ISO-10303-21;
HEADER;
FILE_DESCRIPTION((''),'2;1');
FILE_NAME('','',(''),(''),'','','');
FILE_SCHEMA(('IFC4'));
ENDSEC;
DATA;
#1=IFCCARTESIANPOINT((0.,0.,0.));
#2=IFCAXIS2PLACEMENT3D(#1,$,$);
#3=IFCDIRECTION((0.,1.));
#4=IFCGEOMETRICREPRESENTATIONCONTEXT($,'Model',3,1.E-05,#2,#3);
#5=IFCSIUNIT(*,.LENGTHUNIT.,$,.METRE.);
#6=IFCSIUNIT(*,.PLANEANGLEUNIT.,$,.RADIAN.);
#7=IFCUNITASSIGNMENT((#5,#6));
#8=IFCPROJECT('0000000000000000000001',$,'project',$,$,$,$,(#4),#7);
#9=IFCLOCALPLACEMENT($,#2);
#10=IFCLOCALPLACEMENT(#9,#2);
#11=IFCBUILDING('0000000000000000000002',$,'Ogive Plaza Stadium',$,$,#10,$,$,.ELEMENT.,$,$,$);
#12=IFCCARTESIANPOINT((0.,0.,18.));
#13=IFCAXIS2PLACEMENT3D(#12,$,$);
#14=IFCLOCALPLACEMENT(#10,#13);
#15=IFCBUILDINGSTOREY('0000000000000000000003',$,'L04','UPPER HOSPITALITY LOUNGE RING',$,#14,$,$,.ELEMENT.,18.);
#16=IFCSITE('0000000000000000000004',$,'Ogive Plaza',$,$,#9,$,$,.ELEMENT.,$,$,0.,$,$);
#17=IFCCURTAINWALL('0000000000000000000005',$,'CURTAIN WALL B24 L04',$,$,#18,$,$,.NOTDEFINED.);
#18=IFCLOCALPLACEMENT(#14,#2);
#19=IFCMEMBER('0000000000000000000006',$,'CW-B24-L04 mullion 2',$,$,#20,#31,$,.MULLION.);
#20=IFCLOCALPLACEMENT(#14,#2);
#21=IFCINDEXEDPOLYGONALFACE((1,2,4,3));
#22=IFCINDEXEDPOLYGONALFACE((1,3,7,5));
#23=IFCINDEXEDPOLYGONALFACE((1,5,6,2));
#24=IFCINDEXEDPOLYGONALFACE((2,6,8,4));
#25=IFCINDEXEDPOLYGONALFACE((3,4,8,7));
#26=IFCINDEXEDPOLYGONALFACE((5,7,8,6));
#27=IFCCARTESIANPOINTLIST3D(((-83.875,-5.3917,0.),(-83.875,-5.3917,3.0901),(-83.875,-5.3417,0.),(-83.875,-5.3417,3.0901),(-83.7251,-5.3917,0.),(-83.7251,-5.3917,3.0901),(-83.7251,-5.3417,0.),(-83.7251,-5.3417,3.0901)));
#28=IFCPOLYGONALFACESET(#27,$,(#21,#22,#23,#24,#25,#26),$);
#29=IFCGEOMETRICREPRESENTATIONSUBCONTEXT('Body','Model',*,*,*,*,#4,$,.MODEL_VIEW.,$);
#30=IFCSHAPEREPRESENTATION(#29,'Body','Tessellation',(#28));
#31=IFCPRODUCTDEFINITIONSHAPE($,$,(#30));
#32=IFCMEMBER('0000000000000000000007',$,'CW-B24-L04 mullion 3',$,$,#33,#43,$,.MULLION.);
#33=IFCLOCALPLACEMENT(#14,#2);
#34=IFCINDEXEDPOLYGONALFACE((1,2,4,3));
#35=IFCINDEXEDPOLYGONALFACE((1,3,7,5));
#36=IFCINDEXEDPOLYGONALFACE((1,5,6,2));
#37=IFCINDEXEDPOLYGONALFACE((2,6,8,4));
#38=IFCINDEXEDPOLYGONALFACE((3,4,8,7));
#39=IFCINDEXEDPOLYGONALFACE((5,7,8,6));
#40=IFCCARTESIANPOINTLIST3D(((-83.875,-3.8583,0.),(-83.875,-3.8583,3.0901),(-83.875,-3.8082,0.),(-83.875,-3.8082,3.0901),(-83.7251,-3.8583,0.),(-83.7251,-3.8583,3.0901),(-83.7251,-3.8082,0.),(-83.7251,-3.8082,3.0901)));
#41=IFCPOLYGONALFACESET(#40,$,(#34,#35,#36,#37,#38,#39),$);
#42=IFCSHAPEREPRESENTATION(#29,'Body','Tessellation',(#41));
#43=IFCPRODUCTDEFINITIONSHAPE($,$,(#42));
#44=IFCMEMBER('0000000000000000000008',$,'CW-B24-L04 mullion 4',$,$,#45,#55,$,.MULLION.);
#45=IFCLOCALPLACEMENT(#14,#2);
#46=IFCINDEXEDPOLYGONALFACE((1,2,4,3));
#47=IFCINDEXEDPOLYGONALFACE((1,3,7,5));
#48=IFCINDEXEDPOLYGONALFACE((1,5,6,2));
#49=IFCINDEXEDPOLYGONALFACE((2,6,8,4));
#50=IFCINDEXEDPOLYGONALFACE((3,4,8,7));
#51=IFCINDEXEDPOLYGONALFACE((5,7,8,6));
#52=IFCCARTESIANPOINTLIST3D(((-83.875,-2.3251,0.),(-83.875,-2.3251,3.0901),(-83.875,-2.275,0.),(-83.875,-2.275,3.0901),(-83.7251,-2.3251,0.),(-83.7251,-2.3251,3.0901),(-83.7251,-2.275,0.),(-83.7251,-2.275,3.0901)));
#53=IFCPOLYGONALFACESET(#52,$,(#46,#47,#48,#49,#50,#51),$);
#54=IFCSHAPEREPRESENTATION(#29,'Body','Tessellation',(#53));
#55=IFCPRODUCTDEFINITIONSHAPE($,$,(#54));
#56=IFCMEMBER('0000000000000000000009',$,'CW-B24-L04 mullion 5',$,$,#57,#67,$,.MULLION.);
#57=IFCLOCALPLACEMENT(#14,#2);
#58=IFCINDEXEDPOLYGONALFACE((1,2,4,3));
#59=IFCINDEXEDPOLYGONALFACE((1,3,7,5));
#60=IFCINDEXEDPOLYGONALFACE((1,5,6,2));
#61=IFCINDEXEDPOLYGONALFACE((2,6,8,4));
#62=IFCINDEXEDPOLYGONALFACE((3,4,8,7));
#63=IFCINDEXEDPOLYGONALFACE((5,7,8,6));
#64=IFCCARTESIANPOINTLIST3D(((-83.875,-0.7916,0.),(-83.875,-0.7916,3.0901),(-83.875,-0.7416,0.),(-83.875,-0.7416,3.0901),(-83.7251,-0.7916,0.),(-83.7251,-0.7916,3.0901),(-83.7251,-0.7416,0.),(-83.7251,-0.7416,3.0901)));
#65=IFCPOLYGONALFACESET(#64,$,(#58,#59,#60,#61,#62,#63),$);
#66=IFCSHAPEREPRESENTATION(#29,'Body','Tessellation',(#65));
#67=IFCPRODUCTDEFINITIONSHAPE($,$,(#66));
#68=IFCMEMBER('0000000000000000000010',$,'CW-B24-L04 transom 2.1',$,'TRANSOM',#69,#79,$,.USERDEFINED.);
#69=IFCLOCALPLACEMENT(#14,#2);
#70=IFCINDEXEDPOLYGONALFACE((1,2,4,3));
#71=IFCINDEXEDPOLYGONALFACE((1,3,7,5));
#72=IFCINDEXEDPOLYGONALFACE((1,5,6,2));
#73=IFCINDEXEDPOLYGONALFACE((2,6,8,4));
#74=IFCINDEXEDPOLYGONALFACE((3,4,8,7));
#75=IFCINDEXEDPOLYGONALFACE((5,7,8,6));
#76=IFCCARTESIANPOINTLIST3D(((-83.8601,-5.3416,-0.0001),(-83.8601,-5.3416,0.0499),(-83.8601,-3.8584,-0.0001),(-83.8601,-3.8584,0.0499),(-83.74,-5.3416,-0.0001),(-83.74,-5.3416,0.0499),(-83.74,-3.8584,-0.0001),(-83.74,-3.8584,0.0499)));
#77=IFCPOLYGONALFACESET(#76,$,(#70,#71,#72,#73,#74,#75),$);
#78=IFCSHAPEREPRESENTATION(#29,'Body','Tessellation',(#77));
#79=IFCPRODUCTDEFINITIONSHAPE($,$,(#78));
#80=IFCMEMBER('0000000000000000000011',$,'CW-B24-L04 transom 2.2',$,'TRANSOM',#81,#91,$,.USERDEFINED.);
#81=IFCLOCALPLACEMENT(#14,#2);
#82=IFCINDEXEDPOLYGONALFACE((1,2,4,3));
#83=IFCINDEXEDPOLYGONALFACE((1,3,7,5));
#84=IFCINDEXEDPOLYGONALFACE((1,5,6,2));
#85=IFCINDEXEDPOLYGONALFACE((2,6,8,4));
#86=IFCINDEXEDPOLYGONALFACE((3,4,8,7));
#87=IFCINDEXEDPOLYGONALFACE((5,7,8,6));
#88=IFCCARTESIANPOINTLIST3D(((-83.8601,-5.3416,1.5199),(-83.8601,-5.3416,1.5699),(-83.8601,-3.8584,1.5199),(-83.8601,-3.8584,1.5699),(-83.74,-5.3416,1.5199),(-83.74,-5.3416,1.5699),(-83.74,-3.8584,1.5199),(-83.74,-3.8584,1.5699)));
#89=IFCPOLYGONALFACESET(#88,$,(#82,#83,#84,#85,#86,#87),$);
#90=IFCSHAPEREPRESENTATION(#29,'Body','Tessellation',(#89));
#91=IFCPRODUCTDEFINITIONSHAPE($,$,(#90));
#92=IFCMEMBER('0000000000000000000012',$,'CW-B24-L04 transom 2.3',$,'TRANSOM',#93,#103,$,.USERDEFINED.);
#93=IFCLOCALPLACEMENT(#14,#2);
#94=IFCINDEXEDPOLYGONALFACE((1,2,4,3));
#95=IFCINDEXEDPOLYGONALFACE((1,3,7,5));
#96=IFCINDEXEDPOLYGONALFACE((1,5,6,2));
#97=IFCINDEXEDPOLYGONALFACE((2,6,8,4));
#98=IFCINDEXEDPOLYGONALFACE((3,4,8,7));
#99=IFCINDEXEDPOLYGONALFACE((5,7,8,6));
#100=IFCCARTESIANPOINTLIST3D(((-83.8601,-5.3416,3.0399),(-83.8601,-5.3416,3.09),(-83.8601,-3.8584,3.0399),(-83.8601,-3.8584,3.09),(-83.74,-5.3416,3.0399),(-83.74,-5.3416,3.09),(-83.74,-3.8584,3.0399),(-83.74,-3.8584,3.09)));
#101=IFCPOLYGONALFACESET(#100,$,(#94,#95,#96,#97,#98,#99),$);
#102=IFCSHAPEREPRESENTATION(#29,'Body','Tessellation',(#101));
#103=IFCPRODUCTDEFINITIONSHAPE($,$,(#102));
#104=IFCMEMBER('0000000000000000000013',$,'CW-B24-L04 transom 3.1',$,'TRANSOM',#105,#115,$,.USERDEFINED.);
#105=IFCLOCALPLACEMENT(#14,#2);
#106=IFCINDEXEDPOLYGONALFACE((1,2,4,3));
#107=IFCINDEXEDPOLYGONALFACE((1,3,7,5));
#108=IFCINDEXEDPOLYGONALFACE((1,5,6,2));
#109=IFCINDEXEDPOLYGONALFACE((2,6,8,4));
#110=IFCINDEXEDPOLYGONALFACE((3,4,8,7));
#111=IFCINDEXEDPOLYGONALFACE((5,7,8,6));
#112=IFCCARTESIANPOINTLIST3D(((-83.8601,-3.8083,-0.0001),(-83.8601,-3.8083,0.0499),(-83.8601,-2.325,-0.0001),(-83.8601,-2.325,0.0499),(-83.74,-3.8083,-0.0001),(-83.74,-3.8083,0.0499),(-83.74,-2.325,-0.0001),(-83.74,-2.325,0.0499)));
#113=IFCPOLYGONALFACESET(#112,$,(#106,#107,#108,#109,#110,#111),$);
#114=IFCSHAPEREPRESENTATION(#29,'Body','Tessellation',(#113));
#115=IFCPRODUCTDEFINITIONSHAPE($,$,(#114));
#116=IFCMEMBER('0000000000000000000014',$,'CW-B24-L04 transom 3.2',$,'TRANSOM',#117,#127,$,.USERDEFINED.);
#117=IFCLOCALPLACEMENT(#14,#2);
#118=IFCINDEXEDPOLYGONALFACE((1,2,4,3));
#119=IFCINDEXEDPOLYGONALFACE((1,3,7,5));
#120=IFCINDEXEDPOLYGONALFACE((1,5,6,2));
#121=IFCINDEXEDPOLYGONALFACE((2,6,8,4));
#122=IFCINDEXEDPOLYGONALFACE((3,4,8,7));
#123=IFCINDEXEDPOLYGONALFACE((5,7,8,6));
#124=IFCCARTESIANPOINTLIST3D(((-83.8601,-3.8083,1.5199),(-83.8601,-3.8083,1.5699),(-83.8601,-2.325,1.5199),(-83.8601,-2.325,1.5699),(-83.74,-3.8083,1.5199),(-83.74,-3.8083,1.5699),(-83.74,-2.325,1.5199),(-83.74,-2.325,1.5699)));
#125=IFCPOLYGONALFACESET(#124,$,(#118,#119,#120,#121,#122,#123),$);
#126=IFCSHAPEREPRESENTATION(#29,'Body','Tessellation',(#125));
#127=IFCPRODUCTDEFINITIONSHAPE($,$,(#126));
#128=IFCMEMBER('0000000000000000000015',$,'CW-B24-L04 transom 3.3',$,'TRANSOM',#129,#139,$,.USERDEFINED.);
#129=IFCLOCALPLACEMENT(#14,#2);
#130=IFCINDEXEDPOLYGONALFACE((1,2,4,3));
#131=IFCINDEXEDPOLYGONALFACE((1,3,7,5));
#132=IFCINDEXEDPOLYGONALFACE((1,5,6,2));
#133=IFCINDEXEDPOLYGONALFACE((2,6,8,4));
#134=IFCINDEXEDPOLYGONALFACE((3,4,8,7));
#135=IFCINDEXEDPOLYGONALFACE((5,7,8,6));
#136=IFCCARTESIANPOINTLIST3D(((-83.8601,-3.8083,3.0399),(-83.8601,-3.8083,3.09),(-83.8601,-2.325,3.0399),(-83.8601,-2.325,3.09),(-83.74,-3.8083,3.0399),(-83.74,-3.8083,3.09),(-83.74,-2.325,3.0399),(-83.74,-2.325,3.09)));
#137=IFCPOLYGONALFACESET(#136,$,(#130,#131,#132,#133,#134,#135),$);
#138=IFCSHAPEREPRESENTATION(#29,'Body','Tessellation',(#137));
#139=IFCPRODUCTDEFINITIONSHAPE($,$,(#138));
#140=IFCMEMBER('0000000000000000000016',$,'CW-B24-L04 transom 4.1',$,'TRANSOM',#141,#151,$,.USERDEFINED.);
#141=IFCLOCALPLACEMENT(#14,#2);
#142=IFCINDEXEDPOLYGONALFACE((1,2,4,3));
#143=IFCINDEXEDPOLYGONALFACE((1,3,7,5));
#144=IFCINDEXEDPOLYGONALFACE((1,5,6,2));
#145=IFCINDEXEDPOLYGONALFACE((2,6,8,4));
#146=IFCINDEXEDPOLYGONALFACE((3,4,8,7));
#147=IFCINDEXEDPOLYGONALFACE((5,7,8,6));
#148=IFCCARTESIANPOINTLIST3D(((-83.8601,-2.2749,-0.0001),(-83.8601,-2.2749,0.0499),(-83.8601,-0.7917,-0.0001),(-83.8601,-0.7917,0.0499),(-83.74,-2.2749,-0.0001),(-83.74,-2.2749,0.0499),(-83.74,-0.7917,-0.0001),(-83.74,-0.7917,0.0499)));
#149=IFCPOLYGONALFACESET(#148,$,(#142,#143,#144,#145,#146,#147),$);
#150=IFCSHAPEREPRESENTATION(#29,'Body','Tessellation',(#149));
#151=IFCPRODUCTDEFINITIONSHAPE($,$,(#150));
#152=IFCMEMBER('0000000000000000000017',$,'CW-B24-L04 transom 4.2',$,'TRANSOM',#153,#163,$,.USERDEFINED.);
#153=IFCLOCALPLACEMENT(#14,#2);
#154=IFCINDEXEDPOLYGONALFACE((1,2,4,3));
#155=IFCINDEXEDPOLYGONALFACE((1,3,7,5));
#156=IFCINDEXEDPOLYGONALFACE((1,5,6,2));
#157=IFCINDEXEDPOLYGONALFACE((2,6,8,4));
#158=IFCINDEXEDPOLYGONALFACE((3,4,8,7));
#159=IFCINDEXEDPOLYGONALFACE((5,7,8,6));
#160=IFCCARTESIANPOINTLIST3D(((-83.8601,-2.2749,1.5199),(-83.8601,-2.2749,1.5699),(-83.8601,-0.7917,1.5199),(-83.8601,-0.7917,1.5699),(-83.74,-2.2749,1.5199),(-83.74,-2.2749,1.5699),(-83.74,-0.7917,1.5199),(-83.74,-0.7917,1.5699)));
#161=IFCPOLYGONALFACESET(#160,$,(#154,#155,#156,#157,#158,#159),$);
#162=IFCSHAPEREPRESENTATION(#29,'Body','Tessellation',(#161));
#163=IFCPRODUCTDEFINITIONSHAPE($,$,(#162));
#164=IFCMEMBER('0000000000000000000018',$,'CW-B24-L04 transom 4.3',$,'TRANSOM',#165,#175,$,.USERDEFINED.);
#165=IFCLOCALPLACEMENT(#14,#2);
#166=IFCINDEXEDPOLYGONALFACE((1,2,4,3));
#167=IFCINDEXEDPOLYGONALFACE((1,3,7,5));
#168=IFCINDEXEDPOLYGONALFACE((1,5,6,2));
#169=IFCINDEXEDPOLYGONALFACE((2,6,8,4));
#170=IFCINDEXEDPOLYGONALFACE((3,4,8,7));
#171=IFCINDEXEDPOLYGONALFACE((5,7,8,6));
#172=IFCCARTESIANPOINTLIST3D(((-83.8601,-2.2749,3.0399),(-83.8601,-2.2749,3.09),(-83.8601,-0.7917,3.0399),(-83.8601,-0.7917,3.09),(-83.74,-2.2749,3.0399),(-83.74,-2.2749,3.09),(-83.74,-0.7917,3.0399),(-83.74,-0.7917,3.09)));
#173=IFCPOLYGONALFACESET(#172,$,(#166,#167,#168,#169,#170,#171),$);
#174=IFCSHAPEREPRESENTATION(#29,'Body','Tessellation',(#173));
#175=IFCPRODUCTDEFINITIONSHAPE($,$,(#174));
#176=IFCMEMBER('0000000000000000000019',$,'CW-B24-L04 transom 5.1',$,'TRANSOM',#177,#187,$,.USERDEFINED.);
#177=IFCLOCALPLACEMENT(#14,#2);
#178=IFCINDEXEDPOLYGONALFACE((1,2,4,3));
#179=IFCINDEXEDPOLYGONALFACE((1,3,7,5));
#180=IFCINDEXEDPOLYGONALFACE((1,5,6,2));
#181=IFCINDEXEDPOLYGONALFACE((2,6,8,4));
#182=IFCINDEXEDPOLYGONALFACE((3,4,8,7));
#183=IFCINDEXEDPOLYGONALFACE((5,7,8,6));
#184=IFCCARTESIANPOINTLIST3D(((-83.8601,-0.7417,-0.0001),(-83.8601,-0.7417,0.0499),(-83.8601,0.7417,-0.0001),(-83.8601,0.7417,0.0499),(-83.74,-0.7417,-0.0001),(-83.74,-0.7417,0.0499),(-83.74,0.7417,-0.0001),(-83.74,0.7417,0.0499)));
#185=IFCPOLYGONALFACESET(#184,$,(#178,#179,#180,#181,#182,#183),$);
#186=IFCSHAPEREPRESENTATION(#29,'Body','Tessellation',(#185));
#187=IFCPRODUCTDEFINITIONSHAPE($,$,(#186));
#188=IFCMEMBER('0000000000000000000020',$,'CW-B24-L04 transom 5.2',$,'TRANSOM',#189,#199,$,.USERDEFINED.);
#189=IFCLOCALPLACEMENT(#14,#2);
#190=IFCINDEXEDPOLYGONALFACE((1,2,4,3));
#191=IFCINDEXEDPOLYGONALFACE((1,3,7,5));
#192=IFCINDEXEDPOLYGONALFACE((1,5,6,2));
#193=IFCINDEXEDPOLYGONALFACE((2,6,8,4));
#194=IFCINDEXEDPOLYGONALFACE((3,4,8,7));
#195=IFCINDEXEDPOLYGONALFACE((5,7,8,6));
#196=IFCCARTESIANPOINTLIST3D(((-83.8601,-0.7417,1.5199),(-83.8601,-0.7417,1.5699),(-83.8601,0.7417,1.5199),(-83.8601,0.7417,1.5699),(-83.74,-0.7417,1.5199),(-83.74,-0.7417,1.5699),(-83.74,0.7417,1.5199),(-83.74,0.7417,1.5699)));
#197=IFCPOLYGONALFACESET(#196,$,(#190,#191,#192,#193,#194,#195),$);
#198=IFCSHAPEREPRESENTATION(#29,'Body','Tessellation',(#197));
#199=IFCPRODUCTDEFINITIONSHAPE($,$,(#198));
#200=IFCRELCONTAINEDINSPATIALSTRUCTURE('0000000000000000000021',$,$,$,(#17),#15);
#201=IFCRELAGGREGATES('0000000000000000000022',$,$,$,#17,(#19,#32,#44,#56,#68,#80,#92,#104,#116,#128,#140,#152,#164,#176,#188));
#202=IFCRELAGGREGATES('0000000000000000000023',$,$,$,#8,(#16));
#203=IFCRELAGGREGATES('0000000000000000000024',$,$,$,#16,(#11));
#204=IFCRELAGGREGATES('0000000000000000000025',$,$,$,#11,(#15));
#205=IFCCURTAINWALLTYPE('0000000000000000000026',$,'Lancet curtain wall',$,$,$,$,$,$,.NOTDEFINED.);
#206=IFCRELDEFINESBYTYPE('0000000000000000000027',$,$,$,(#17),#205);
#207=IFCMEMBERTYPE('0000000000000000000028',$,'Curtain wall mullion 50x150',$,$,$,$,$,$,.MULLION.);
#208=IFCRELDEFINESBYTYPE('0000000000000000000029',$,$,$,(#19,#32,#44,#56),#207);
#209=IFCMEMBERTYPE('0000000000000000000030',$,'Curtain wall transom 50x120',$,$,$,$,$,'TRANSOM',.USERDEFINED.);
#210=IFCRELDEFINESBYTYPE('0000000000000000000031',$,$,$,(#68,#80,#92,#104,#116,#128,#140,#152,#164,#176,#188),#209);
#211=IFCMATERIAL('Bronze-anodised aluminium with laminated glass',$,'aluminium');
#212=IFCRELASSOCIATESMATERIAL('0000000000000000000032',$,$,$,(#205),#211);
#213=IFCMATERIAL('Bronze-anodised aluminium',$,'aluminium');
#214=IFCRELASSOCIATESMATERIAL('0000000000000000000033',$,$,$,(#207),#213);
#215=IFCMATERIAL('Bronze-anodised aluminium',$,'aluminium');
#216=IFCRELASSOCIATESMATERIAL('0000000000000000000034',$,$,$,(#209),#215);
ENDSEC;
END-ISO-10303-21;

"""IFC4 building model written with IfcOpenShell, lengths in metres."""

from ifc_helpers import new_model, si_unit, direction, frame, origin, origin_2d, place, context, subcontext, project, spatial, rectangle, extrude, material, material_profile, profile_set, type_object, element, aggregate, save


model = new_model("IFC4")

# Units and contexts
model_context = context("Model", 3, precision=1e-05, world=origin(), true_north=direction((0.0, 1.0)))
body_context = subcontext(model_context, "Body", "Model", "MODEL_VIEW")
ifc_project = project(units=[si_unit("LENGTHUNIT", "METRE"), si_unit("PLANEANGLEUNIT", "RADIAN")], contexts=[model_context])

# Site, building, storey
site_placement = place(None, origin())
site = spatial("IfcSite", under=ifc_project, at=site_placement, Name="Ogive Plaza", CompositionType="ELEMENT", RefElevation=0.0)
building_placement = place(site_placement, origin())
building = spatial("IfcBuilding", under=site, at=building_placement, Name="Ogive Plaza Stadium", CompositionType="ELEMENT")
storey_placement = place(building_placement, frame((0.0, 0.0, 18.0)))
storey = spatial("IfcBuildingStorey", under=building, at=storey_placement, Name="L04", Description="UPPER HOSPITALITY LOUNGE RING", CompositionType="ELEMENT", Elevation=18.0)

# Curtain wall, members
ifc_material_1 = material(Name="Bronze-anodised aluminium with laminated glass", Category="aluminium")
curtain_wall_type = type_object("IfcCurtainWallType", Name="Lancet curtain wall", PredefinedType="NOTDEFINED", material=ifc_material_1)
curtain_wall_placement = place(storey_placement, origin())
curtain_wall = element("IfcCurtainWall", 1, at=curtain_wall_placement, inside=storey, type_object=curtain_wall_type, Name="CURTAIN WALL B24 L04", PredefinedType="NOTDEFINED")
ifc_material_2 = material(Name="Bronze-anodised aluminium", Category="aluminium")
ifc_material_profile_1 = material_profile(ifc_material_2, rectangle(XDim=0.1499, YDim=0.05, at=origin_2d()), Name="AL 150x50")
ifc_profile_set_1 = profile_set([ifc_material_profile_1], Name="Bronze-anodised aluminium")
member_type_1 = type_object("IfcMemberType", Name="Curtain wall mullion 50x150", PredefinedType="MULLION", material=ifc_profile_set_1)
member_1_placement = place(storey_placement, frame((-83.8, -5.3667, 0.0), z_axis=(0.0, 0.0, 1.0), x_axis=(-1.0, 0.0, 0.0)))
member_1 = element("IfcMember", 2, at=member_1_placement, type_object=member_type_1, Name="CW-B24-L04 mullion 2", PredefinedType="MULLION", context=body_context, shape_type="SweptSolid", body=[
    extrude(rectangle(XDim=0.1499, YDim=0.05, at=origin_2d()), origin(), (0.0, 0.0, 1.0), 3.0901),
])
member_2_placement = place(storey_placement, frame((-83.8, -3.8333, 0.0), z_axis=(0.0, 0.0, 1.0), x_axis=(-1.0, 0.0, 0.0)))
member_2 = element("IfcMember", 3, at=member_2_placement, type_object=member_type_1, Name="CW-B24-L04 mullion 3", PredefinedType="MULLION", context=body_context, shape_type="SweptSolid", body=[
    extrude(rectangle(XDim=0.1499, YDim=0.05, at=origin_2d()), origin(), (0.0, 0.0, 1.0), 3.0901),
])
member_3_placement = place(storey_placement, frame((-83.8, -2.3, 0.0), z_axis=(0.0, 0.0, 1.0), x_axis=(-1.0, 0.0, 0.0)))
member_3 = element("IfcMember", 4, at=member_3_placement, type_object=member_type_1, Name="CW-B24-L04 mullion 4", PredefinedType="MULLION", context=body_context, shape_type="SweptSolid", body=[
    extrude(rectangle(XDim=0.1499, YDim=0.05, at=origin_2d()), origin(), (0.0, 0.0, 1.0), 3.0901),
])
member_4_placement = place(storey_placement, frame((-83.8, -0.7666, 0.0), z_axis=(0.0, 0.0, 1.0), x_axis=(-1.0, 0.0, 0.0)))
member_4 = element("IfcMember", 5, at=member_4_placement, type_object=member_type_1, Name="CW-B24-L04 mullion 5", PredefinedType="MULLION", context=body_context, shape_type="SweptSolid", body=[
    extrude(rectangle(XDim=0.1499, YDim=0.05, at=origin_2d()), origin(), (0.0, 0.0, 1.0), 3.0901),
])
ifc_material_3 = material(Name="Bronze-anodised aluminium", Category="aluminium")
ifc_material_profile_2 = material_profile(ifc_material_3, rectangle(XDim=0.1201, YDim=0.05, at=origin_2d()), Name="AL 120x50")
ifc_profile_set_2 = profile_set([ifc_material_profile_2], Name="Bronze-anodised aluminium")
member_type_2 = type_object("IfcMemberType", Name="Curtain wall transom 50x120", ElementType="TRANSOM", PredefinedType="USERDEFINED", material=ifc_profile_set_2)
member_5_placement = place(storey_placement, frame((-83.8, -5.3416, 0.0249), z_axis=(0.0, 1.0, 0.0), x_axis=(-1.0, 0.0, 0.0)))
member_5 = element("IfcMember", 6, at=member_5_placement, type_object=member_type_2, Name="CW-B24-L04 transom 2.1", ObjectType="TRANSOM", PredefinedType="USERDEFINED", context=body_context, shape_type="SweptSolid", body=[
    extrude(rectangle(XDim=0.1201, YDim=0.05, at=origin_2d()), origin(), (0.0, 0.0, 1.0), 1.4832),
])
member_6_placement = place(storey_placement, frame((-83.8, -5.3416, 1.5449), z_axis=(0.0, 1.0, 0.0), x_axis=(-1.0, 0.0, 0.0)))
member_6 = element("IfcMember", 7, at=member_6_placement, type_object=member_type_2, Name="CW-B24-L04 transom 2.2", ObjectType="TRANSOM", PredefinedType="USERDEFINED", context=body_context, shape_type="SweptSolid", body=[
    extrude(rectangle(XDim=0.1201, YDim=0.05, at=origin_2d()), origin(), (0.0, 0.0, 1.0), 1.4832),
])
member_7_placement = place(storey_placement, frame((-83.8, -5.3416, 3.0649), z_axis=(0.0, 1.0, 0.0), x_axis=(-1.0, 0.0, 0.0)))
member_7 = element("IfcMember", 8, at=member_7_placement, type_object=member_type_2, Name="CW-B24-L04 transom 2.3", ObjectType="TRANSOM", PredefinedType="USERDEFINED", context=body_context, shape_type="SweptSolid", body=[
    extrude(rectangle(XDim=0.1201, YDim=0.05, at=origin_2d()), origin(), (0.0, 0.0, 1.0), 1.4832),
])
member_8_placement = place(storey_placement, frame((-83.8, -3.8083, 0.0249), z_axis=(0.0, 1.0, 0.0), x_axis=(-1.0, 0.0, 0.0)))
member_8 = element("IfcMember", 9, at=member_8_placement, type_object=member_type_2, Name="CW-B24-L04 transom 3.1", ObjectType="TRANSOM", PredefinedType="USERDEFINED", context=body_context, shape_type="SweptSolid", body=[
    extrude(rectangle(XDim=0.1201, YDim=0.05, at=origin_2d()), origin(), (0.0, 0.0, 1.0), 1.4834),
])
member_9_placement = place(storey_placement, frame((-83.8, -3.8083, 1.5449), z_axis=(0.0, 1.0, 0.0), x_axis=(-1.0, 0.0, 0.0)))
member_9 = element("IfcMember", 10, at=member_9_placement, type_object=member_type_2, Name="CW-B24-L04 transom 3.2", ObjectType="TRANSOM", PredefinedType="USERDEFINED", context=body_context, shape_type="SweptSolid", body=[
    extrude(rectangle(XDim=0.1201, YDim=0.05, at=origin_2d()), origin(), (0.0, 0.0, 1.0), 1.4834),
])
member_10_placement = place(storey_placement, frame((-83.8, -3.8083, 3.0649), z_axis=(0.0, 1.0, 0.0), x_axis=(-1.0, 0.0, 0.0)))
member_10 = element("IfcMember", 11, at=member_10_placement, type_object=member_type_2, Name="CW-B24-L04 transom 3.3", ObjectType="TRANSOM", PredefinedType="USERDEFINED", context=body_context, shape_type="SweptSolid", body=[
    extrude(rectangle(XDim=0.1201, YDim=0.05, at=origin_2d()), origin(), (0.0, 0.0, 1.0), 1.4834),
])
member_11_placement = place(storey_placement, frame((-83.8, -2.2749, 0.0249), z_axis=(0.0, 1.0, 0.0), x_axis=(-1.0, 0.0, 0.0)))
member_11 = element("IfcMember", 12, at=member_11_placement, type_object=member_type_2, Name="CW-B24-L04 transom 4.1", ObjectType="TRANSOM", PredefinedType="USERDEFINED", context=body_context, shape_type="SweptSolid", body=[
    extrude(rectangle(XDim=0.1201, YDim=0.05, at=origin_2d()), origin(), (0.0, 0.0, 1.0), 1.4832),
])
member_12_placement = place(storey_placement, frame((-83.8, -2.2749, 1.5449), z_axis=(0.0, 1.0, 0.0), x_axis=(-1.0, 0.0, 0.0)))
member_12 = element("IfcMember", 13, at=member_12_placement, type_object=member_type_2, Name="CW-B24-L04 transom 4.2", ObjectType="TRANSOM", PredefinedType="USERDEFINED", context=body_context, shape_type="SweptSolid", body=[
    extrude(rectangle(XDim=0.1201, YDim=0.05, at=origin_2d()), origin(), (0.0, 0.0, 1.0), 1.4832),
])
member_13_placement = place(storey_placement, frame((-83.8, -2.2749, 3.0649), z_axis=(0.0, 1.0, 0.0), x_axis=(-1.0, 0.0, 0.0)))
member_13 = element("IfcMember", 14, at=member_13_placement, type_object=member_type_2, Name="CW-B24-L04 transom 4.3", ObjectType="TRANSOM", PredefinedType="USERDEFINED", context=body_context, shape_type="SweptSolid", body=[
    extrude(rectangle(XDim=0.1201, YDim=0.05, at=origin_2d()), origin(), (0.0, 0.0, 1.0), 1.4832),
])
member_14_placement = place(storey_placement, frame((-83.8, -0.7417, 0.0249), z_axis=(0.0, 1.0, 0.0), x_axis=(-1.0, 0.0, 0.0)))
member_14 = element("IfcMember", 15, at=member_14_placement, type_object=member_type_2, Name="CW-B24-L04 transom 5.1", ObjectType="TRANSOM", PredefinedType="USERDEFINED", context=body_context, shape_type="SweptSolid", body=[
    extrude(rectangle(XDim=0.1201, YDim=0.05, at=origin_2d()), origin(), (0.0, 0.0, 1.0), 1.4834),
])
member_15_placement = place(storey_placement, frame((-83.8, -0.7417, 1.5449), z_axis=(0.0, 1.0, 0.0), x_axis=(-1.0, 0.0, 0.0)))
member_15 = element("IfcMember", 16, at=member_15_placement, type_object=member_type_2, Name="CW-B24-L04 transom 5.2", ObjectType="TRANSOM", PredefinedType="USERDEFINED", context=body_context, shape_type="SweptSolid", body=[
    extrude(rectangle(XDim=0.1201, YDim=0.05, at=origin_2d()), origin(), (0.0, 0.0, 1.0), 1.4834),
])
aggregate(curtain_wall, [member_1, member_2, member_3, member_4, member_5, member_6, member_7, member_8, member_9, member_10, member_11, member_12, member_13, member_14, member_15])

save(model, "model.ifc")
